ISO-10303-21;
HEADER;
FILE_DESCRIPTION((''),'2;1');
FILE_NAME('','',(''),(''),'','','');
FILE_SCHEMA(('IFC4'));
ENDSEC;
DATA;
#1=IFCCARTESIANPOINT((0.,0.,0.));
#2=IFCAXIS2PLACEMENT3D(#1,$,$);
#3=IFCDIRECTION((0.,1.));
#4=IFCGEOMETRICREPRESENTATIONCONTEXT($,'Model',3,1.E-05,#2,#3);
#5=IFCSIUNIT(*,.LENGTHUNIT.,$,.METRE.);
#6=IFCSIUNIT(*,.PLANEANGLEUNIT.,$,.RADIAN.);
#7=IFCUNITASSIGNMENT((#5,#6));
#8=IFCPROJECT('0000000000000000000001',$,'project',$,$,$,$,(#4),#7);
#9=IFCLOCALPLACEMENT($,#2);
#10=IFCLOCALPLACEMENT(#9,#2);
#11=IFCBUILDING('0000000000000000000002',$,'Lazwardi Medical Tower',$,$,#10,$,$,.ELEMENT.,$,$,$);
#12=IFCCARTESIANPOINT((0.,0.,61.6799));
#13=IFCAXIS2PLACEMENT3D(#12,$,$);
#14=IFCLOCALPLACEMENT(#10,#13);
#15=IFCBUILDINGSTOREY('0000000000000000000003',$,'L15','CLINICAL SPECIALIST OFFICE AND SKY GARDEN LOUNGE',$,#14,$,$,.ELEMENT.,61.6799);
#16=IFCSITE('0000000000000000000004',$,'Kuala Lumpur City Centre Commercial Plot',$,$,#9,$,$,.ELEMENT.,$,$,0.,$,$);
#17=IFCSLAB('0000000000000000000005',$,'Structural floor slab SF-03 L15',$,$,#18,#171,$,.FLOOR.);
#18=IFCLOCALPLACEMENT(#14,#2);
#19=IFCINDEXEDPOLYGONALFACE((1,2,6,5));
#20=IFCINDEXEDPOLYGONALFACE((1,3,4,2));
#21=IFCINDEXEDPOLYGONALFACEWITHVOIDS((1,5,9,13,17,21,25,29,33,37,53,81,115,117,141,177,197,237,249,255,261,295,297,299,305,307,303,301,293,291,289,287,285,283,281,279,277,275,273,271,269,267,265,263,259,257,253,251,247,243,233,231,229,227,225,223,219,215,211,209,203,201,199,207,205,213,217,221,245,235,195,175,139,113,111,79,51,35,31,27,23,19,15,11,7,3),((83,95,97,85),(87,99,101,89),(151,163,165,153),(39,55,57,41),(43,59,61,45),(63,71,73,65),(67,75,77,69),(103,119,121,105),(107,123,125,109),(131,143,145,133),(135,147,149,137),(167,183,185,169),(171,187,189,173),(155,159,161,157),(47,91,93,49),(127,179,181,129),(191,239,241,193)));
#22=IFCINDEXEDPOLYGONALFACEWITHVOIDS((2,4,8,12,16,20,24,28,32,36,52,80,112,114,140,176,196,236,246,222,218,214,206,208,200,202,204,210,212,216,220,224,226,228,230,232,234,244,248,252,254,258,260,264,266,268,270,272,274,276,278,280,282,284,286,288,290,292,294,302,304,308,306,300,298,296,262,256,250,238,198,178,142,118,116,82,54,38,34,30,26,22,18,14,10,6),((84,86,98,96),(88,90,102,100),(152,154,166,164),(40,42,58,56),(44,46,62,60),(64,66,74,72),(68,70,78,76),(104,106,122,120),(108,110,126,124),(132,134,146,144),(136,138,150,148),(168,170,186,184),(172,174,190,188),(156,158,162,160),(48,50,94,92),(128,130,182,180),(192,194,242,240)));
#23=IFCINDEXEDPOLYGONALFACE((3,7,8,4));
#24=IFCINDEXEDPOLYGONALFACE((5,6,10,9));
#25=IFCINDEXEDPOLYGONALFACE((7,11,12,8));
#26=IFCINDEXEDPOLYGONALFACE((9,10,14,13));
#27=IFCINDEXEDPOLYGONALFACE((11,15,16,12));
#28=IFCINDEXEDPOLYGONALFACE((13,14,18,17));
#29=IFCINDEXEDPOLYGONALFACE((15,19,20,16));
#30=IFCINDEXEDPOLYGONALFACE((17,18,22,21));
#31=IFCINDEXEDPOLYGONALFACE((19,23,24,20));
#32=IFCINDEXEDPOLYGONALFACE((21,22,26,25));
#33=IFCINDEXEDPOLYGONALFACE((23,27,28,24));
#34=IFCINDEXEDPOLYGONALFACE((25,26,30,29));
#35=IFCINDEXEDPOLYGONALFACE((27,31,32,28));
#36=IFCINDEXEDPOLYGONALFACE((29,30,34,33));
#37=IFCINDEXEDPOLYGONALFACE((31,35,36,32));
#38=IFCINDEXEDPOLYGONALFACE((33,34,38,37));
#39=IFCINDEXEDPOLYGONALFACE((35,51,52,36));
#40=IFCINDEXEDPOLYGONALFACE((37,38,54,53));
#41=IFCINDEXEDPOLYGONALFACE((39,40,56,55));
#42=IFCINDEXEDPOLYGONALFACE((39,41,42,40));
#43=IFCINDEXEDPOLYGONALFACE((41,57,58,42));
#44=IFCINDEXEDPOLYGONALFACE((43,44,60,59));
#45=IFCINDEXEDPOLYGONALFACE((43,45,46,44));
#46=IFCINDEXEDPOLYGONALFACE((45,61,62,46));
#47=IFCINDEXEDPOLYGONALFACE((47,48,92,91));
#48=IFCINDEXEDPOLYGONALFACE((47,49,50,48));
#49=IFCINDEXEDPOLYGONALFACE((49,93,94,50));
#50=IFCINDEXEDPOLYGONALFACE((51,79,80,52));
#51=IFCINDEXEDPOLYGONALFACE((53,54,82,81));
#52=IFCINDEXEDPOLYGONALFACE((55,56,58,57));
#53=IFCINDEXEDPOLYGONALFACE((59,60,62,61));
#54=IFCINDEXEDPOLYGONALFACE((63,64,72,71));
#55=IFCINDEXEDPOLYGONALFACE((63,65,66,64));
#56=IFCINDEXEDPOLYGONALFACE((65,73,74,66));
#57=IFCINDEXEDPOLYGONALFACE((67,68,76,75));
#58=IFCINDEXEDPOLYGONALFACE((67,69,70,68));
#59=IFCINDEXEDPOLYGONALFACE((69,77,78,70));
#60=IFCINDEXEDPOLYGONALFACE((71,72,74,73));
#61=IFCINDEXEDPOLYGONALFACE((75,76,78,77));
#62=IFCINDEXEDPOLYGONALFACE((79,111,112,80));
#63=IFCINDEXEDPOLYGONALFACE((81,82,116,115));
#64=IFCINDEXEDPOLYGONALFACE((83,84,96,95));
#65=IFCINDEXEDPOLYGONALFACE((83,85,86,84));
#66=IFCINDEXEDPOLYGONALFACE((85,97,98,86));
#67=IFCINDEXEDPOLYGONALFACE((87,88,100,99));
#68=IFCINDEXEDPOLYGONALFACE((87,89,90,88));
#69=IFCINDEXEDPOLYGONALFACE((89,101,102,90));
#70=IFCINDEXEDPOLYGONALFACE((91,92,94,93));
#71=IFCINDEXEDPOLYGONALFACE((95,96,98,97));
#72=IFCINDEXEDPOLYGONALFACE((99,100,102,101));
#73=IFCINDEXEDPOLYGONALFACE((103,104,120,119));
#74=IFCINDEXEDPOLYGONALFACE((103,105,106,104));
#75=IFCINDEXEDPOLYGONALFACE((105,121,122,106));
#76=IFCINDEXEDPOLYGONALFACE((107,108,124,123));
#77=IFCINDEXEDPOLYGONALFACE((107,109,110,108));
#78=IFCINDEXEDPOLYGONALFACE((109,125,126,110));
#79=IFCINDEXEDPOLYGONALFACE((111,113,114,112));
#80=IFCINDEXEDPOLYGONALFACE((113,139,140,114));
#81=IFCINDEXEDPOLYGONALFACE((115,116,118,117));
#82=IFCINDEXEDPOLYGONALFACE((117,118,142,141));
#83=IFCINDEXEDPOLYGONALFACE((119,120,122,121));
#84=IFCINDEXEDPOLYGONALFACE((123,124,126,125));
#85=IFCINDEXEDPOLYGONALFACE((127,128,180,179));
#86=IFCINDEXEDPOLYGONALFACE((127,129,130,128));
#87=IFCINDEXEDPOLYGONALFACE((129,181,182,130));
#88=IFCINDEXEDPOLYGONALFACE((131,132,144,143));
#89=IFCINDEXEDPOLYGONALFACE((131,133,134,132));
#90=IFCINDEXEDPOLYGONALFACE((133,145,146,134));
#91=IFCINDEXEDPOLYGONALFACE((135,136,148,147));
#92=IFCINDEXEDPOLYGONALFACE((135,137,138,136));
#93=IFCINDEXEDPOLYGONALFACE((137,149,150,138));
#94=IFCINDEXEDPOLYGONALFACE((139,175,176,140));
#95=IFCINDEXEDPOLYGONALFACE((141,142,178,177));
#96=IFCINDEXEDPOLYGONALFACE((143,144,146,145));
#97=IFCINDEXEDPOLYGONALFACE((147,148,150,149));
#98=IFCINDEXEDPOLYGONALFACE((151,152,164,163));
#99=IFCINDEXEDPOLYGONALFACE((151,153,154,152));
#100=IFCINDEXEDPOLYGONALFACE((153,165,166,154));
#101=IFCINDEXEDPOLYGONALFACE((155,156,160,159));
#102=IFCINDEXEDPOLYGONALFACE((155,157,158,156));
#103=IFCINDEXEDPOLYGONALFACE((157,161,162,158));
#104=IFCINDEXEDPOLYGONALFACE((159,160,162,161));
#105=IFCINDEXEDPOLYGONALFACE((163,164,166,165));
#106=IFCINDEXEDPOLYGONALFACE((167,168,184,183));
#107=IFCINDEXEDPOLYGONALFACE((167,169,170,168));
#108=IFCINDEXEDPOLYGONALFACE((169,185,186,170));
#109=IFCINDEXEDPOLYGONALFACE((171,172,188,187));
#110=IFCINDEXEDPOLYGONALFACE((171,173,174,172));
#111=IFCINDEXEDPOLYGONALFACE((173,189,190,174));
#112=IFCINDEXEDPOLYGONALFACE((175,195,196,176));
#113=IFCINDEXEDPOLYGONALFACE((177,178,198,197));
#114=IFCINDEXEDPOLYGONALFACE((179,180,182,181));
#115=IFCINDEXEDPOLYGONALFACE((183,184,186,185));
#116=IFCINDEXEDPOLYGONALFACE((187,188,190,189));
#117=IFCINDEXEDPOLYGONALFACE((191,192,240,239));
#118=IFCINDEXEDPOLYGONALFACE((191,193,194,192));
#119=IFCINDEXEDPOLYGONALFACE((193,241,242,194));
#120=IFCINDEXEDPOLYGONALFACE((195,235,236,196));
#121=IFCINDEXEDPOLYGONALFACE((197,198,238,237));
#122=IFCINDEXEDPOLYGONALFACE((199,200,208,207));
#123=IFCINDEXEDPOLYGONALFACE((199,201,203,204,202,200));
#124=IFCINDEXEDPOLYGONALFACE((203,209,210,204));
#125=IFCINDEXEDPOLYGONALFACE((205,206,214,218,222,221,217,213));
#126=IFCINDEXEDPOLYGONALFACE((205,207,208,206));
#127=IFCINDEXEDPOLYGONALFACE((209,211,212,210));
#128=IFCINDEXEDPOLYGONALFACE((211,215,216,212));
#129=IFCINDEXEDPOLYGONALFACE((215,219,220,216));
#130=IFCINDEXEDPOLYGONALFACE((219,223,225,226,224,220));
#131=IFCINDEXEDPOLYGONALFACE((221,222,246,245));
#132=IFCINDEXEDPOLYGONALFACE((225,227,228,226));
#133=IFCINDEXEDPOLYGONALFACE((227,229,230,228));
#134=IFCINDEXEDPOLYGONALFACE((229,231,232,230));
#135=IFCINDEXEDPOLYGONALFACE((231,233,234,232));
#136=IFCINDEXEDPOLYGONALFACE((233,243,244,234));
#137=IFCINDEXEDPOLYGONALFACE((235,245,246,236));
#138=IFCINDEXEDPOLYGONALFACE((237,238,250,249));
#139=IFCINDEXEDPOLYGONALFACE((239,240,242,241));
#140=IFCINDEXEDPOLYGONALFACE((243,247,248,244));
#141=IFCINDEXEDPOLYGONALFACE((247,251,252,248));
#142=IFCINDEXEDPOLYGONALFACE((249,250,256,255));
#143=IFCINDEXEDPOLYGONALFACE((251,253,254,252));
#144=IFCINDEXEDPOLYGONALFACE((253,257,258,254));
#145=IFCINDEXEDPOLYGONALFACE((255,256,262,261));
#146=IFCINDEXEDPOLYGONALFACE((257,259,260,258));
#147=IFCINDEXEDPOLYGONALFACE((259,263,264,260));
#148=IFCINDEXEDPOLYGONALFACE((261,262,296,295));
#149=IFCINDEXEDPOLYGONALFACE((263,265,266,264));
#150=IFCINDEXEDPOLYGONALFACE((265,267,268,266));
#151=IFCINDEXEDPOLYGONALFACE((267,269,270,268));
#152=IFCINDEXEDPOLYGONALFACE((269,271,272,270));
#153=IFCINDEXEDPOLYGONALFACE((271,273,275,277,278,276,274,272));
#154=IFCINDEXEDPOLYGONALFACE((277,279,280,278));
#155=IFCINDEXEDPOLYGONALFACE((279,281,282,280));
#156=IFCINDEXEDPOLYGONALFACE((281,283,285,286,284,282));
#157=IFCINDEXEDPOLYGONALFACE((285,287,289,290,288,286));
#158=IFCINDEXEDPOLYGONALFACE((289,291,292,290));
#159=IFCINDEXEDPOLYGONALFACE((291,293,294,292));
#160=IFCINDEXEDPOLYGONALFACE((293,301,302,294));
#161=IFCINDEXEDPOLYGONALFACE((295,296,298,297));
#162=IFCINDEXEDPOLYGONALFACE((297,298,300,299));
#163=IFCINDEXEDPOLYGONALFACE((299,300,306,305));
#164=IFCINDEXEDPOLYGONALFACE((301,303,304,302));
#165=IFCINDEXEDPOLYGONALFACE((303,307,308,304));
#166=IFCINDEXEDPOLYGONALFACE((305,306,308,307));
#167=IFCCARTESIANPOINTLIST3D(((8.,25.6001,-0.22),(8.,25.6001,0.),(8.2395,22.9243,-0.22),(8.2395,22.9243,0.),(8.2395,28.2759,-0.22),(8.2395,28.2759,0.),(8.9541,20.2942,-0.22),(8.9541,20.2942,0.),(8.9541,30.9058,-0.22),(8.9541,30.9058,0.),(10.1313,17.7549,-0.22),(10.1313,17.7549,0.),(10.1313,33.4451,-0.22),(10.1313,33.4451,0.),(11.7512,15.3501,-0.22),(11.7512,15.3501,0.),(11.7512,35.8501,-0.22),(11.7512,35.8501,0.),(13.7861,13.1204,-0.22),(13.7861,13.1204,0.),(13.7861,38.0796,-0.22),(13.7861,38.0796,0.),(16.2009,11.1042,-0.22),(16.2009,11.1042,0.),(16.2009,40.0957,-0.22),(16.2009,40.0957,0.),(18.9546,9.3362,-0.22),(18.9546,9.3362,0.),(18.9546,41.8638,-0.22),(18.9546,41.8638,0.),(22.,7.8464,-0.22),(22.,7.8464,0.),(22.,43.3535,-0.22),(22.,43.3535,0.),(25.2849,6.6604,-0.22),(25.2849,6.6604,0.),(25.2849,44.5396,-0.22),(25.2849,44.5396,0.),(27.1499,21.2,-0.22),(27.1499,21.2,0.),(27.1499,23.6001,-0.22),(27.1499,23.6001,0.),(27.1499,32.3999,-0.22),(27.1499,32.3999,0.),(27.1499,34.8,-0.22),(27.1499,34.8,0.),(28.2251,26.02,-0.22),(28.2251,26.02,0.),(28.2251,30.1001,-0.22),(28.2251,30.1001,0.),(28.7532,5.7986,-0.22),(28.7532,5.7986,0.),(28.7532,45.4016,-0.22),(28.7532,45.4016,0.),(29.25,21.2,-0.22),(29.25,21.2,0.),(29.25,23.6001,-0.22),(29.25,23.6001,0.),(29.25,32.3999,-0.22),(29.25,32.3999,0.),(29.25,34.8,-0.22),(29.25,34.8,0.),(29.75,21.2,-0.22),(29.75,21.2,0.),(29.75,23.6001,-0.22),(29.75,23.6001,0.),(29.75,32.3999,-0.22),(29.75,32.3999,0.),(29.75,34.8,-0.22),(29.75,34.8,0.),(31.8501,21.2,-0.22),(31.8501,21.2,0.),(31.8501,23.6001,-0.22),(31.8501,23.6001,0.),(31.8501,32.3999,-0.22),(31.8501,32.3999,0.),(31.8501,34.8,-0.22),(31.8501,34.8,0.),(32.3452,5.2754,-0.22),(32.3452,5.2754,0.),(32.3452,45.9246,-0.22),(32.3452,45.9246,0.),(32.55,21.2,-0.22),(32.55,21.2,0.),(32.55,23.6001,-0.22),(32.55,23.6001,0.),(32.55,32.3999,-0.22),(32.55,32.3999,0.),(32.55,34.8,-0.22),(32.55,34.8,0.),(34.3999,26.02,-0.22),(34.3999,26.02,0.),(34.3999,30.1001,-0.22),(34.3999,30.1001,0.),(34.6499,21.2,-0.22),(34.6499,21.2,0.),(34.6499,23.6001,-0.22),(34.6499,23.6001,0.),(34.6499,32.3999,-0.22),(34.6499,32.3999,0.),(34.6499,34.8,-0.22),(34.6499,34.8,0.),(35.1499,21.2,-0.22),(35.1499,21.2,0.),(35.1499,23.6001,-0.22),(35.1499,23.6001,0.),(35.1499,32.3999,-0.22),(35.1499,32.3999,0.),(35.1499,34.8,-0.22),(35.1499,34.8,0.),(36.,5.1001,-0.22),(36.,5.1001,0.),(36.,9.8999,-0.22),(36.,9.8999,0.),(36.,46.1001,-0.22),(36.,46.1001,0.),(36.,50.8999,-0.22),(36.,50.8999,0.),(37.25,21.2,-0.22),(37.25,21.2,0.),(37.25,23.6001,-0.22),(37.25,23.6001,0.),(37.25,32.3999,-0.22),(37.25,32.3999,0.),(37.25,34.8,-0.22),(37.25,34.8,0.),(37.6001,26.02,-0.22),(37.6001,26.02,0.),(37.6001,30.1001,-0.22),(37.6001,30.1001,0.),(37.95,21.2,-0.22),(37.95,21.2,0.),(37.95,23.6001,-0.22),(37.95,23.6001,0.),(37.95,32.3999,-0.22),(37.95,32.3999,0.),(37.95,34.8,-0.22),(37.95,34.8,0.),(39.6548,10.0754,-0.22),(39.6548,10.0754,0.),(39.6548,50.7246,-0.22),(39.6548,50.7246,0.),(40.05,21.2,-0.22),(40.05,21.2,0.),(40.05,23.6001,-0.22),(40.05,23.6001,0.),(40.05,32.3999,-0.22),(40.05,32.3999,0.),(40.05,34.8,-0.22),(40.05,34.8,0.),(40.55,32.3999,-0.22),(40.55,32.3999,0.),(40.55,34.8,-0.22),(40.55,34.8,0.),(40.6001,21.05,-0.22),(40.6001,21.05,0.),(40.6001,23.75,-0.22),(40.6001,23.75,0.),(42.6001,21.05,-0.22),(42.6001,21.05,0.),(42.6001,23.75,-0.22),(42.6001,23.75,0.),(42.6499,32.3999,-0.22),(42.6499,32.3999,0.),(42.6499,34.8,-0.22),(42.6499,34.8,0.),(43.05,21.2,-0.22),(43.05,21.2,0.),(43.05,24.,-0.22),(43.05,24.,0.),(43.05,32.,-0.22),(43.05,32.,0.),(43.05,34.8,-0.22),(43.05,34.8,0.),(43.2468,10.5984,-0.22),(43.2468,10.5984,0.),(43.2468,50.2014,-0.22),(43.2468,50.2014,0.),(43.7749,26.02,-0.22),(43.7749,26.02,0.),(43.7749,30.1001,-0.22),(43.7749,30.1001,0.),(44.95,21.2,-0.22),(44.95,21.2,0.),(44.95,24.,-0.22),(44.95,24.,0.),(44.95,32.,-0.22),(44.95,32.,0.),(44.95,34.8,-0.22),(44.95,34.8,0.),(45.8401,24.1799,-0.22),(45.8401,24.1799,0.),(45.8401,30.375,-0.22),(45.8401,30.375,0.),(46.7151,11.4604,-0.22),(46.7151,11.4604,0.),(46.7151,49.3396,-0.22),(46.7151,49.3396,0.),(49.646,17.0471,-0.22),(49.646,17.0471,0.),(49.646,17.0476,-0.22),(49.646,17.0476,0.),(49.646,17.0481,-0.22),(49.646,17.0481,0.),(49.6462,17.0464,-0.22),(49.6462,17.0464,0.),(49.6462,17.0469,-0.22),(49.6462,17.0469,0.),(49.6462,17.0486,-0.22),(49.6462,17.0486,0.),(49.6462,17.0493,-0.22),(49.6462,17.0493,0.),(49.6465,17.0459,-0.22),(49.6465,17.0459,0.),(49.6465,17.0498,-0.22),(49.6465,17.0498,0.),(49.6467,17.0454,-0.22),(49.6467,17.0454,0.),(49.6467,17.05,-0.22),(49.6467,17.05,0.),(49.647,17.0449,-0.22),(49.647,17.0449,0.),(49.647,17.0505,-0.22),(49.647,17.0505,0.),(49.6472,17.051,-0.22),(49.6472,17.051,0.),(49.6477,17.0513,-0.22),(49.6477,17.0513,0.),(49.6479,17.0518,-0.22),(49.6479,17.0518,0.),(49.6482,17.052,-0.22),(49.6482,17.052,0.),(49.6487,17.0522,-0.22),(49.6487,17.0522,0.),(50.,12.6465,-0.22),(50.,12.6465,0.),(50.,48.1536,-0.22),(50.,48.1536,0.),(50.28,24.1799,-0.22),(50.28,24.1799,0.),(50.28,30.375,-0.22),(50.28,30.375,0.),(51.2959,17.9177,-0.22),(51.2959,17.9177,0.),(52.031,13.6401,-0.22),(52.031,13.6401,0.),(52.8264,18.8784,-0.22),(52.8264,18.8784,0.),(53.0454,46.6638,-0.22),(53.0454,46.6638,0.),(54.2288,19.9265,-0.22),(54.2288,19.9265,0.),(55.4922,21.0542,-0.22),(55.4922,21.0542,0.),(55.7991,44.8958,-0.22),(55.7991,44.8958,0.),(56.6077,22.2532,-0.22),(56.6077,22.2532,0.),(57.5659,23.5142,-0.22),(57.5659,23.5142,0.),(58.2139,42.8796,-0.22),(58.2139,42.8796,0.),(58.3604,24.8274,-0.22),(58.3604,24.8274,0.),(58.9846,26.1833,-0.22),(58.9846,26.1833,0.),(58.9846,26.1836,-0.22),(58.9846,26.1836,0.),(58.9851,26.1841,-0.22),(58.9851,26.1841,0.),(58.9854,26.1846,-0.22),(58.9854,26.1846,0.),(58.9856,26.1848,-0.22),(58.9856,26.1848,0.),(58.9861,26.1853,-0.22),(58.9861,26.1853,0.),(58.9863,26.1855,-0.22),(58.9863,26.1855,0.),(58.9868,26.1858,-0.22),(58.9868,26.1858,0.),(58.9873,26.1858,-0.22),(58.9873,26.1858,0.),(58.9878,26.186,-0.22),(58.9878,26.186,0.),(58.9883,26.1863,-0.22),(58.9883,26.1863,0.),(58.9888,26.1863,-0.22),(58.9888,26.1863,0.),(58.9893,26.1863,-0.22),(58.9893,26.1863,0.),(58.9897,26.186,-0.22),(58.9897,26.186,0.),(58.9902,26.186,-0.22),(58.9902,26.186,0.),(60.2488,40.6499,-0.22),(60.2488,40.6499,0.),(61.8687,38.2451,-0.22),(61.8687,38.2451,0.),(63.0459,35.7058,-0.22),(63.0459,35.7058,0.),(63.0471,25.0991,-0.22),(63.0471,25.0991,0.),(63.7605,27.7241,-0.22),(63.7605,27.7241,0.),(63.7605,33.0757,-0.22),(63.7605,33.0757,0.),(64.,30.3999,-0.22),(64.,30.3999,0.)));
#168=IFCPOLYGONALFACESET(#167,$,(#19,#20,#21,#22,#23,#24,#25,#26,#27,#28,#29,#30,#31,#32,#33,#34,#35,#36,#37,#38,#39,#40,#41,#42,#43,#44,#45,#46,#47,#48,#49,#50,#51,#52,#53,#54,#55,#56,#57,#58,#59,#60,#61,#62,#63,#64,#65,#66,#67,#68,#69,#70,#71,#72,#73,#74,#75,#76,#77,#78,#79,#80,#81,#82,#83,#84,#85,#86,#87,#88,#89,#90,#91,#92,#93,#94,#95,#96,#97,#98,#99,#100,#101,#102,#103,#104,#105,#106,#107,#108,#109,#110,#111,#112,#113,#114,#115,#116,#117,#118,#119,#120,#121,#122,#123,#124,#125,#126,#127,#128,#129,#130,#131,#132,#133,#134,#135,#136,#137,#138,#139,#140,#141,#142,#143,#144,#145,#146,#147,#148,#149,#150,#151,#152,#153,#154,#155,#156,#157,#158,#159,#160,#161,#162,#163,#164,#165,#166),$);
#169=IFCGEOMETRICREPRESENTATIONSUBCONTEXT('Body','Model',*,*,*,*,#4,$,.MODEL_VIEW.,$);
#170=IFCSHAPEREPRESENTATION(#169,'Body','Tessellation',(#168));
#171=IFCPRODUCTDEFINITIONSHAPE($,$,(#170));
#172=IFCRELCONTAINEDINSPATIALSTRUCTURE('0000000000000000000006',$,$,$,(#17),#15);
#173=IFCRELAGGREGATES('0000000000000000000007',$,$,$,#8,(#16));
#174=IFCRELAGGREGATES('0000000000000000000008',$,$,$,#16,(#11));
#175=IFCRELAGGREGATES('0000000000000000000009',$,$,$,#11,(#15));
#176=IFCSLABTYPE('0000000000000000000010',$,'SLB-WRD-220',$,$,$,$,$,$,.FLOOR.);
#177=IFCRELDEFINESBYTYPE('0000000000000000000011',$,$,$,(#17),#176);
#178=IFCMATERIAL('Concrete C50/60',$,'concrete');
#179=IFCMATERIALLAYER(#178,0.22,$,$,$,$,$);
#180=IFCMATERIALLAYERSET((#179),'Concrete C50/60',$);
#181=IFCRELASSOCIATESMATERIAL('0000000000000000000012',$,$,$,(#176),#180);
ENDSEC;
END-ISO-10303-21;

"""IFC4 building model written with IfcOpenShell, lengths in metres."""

from ifc_helpers import new_model, si_unit, direction, frame, origin, place, context, subcontext, project, spatial, polyline, outline, extrude, material, layer, layer_set, type_object, element, save


model = new_model("IFC4")

# Units and contexts
model_context = context("Model", 3, precision=1e-05, world=origin(), true_north=direction((0.0, 1.0)))
body_context = subcontext(model_context, "Body", "Model", "MODEL_VIEW")
ifc_project = project(units=[si_unit("LENGTHUNIT", "METRE"), si_unit("PLANEANGLEUNIT", "RADIAN")], contexts=[model_context])

# Site, building, storey
site_placement = place(None, origin())
site = spatial("IfcSite", under=ifc_project, at=site_placement, Name="Kuala Lumpur City Centre Commercial Plot", CompositionType="ELEMENT", RefElevation=0.0)
building_placement = place(site_placement, origin())
building = spatial("IfcBuilding", under=site, at=building_placement, Name="Lazwardi Medical Tower", CompositionType="ELEMENT")
storey_placement = place(building_placement, frame((0.0, 0.0, 61.6799)))
storey = spatial("IfcBuildingStorey", under=building, at=storey_placement, Name="L15", Description="CLINICAL SPECIALIST OFFICE AND SKY GARDEN LOUNGE", CompositionType="ELEMENT", Elevation=61.6799)

# Slab
ifc_material_1 = material(Name="Concrete C50/60", Category="concrete")
ifc_layer_1 = layer(ifc_material_1, 0.22)
ifc_layer_set_1 = layer_set([ifc_layer_1], Name="Concrete C50/60")
slab_type_1 = type_object("IfcSlabType", Name="SLB-WRD-220", PredefinedType="FLOOR", material=ifc_layer_set_1)
slab_1_placement = place(storey_placement, frame((0.0, 0.0, -0.22)))
element("IfcSlab", 1, at=slab_1_placement, inside=storey, type_object=slab_type_1, Name="Structural floor slab SF-03 L15", PredefinedType="FLOOR", context=body_context, shape_type="SweptSolid", body=[
    extrude(outline(polyline([(8.2395, 22.9243), (8.9541, 20.2942), (10.1313, 17.7549), (11.7512, 15.3501), (13.7861, 13.1204), (16.2009, 11.1042), (18.9546, 9.3362), (22.0, 7.8464), (25.2849, 6.6604), (28.7532, 5.7986), (32.3452, 5.2754), (36.0, 5.1001), (36.0, 9.8999), (39.6548, 10.0754), (43.2468, 10.5984), (46.7151, 11.4604), (50.0, 12.6465), (52.031, 13.6401), (49.647, 17.0449), (49.6467, 17.0454), (49.6465, 17.0459), (49.6462, 17.0464), (49.6462, 17.0469), (49.646, 17.0471), (49.646, 17.0476), (49.646, 17.0481), (49.6462, 17.0486), (49.6462, 17.0493), (49.6465, 17.0498), (49.6467, 17.05), (49.647, 17.0505), (49.6472, 17.051), (49.6477, 17.0513), (49.6479, 17.0518), (49.6482, 17.052), (49.6487, 17.0522), (51.2959, 17.9177), (52.8264, 18.8784), (54.2288, 19.9265), (55.4922, 21.0542), (56.6077, 22.2532), (57.5659, 23.5142), (58.3604, 24.8274), (58.9846, 26.1833), (58.9846, 26.1836), (58.9851, 26.1841), (58.9854, 26.1846), (58.9856, 26.1848), (58.9861, 26.1853), (58.9863, 26.1855), (58.9868, 26.1858), (58.9873, 26.1858), (58.9878, 26.186), (58.9883, 26.1863), (58.9888, 26.1863), (58.9893, 26.1863), (58.9897, 26.186), (58.9902, 26.186), (63.0471, 25.0991), (63.0471, 25.0991), (63.7605, 27.7241), (64.0, 30.3999), (63.7605, 33.0757), (63.0459, 35.7058), (61.8687, 38.2451), (60.2488, 40.6499), (58.2139, 42.8796), (55.7991, 44.8958), (53.0454, 46.6638), (50.0, 48.1536), (46.7151, 49.3396), (43.2468, 50.2014), (39.6548, 50.7246), (36.0, 50.8999), (36.0, 46.1001), (32.3452, 45.9246), (28.7532, 45.4016), (25.2849, 44.5396), (22.0, 43.3535), (18.9546, 41.8638), (16.2009, 40.0957), (13.7861, 38.0796), (11.7512, 35.8501), (10.1313, 33.4451), (8.9541, 30.9058), (8.2395, 28.2759), (8.0, 25.6001), (8.2395, 22.9243)]), holes=[polyline([(28.2251, 26.02), (28.2251, 30.1001), (34.3999, 30.1001), (34.3999, 26.02), (28.2251, 26.02)]), polyline([(37.6001, 30.1001), (43.7749, 30.1001), (43.7749, 26.02), (37.6001, 26.02), (37.6001, 30.1001)]), polyline([(50.28, 30.375), (50.28, 24.1799), (45.8401, 24.1799), (45.8401, 30.375), (50.28, 30.375)]), polyline([(29.25, 32.3999), (27.1499, 32.3999), (27.1499, 34.8), (29.25, 34.8), (29.25, 32.3999)]), polyline([(29.75, 32.3999), (29.75, 34.8), (31.8501, 34.8), (31.8501, 32.3999), (29.75, 32.3999)]), polyline([(27.1499, 23.6001), (29.25, 23.6001), (29.25, 21.2), (27.1499, 21.2), (27.1499, 23.6001)]), polyline([(31.8501, 23.6001), (31.8501, 21.2), (29.75, 21.2), (29.75, 23.6001), (31.8501, 23.6001)]), polyline([(34.6499, 32.3999), (32.55, 32.3999), (32.55, 34.8), (34.6499, 34.8), (34.6499, 32.3999)]), polyline([(35.1499, 32.3999), (35.1499, 34.8), (37.25, 34.8), (37.25, 32.3999), (35.1499, 32.3999)]), polyline([(32.55, 23.6001), (34.6499, 23.6001), (34.6499, 21.2), (32.55, 21.2), (32.55, 23.6001)]), polyline([(37.25, 23.6001), (37.25, 21.2), (35.1499, 21.2), (35.1499, 23.6001), (37.25, 23.6001)]), polyline([(40.05, 32.3999), (37.95, 32.3999), (37.95, 34.8), (40.05, 34.8), (40.05, 32.3999)]), polyline([(40.55, 32.3999), (40.55, 34.8), (42.6499, 34.8), (42.6499, 32.3999), (40.55, 32.3999)]), polyline([(37.95, 23.6001), (40.05, 23.6001), (40.05, 21.2), (37.95, 21.2), (37.95, 23.6001)]), polyline([(44.95, 34.8), (44.95, 32.0), (43.05, 32.0), (43.05, 34.8), (44.95, 34.8)]), polyline([(44.95, 21.2), (43.05, 21.2), (43.05, 24.0), (44.95, 24.0), (44.95, 21.2)]), polyline([(40.6001, 21.05), (40.6001, 23.75), (42.6001, 23.75), (42.6001, 21.05), (40.6001, 21.05)])]), origin(), (0.0, 0.0, 1.0), 0.22),
])

save(model, "model.ifc")
